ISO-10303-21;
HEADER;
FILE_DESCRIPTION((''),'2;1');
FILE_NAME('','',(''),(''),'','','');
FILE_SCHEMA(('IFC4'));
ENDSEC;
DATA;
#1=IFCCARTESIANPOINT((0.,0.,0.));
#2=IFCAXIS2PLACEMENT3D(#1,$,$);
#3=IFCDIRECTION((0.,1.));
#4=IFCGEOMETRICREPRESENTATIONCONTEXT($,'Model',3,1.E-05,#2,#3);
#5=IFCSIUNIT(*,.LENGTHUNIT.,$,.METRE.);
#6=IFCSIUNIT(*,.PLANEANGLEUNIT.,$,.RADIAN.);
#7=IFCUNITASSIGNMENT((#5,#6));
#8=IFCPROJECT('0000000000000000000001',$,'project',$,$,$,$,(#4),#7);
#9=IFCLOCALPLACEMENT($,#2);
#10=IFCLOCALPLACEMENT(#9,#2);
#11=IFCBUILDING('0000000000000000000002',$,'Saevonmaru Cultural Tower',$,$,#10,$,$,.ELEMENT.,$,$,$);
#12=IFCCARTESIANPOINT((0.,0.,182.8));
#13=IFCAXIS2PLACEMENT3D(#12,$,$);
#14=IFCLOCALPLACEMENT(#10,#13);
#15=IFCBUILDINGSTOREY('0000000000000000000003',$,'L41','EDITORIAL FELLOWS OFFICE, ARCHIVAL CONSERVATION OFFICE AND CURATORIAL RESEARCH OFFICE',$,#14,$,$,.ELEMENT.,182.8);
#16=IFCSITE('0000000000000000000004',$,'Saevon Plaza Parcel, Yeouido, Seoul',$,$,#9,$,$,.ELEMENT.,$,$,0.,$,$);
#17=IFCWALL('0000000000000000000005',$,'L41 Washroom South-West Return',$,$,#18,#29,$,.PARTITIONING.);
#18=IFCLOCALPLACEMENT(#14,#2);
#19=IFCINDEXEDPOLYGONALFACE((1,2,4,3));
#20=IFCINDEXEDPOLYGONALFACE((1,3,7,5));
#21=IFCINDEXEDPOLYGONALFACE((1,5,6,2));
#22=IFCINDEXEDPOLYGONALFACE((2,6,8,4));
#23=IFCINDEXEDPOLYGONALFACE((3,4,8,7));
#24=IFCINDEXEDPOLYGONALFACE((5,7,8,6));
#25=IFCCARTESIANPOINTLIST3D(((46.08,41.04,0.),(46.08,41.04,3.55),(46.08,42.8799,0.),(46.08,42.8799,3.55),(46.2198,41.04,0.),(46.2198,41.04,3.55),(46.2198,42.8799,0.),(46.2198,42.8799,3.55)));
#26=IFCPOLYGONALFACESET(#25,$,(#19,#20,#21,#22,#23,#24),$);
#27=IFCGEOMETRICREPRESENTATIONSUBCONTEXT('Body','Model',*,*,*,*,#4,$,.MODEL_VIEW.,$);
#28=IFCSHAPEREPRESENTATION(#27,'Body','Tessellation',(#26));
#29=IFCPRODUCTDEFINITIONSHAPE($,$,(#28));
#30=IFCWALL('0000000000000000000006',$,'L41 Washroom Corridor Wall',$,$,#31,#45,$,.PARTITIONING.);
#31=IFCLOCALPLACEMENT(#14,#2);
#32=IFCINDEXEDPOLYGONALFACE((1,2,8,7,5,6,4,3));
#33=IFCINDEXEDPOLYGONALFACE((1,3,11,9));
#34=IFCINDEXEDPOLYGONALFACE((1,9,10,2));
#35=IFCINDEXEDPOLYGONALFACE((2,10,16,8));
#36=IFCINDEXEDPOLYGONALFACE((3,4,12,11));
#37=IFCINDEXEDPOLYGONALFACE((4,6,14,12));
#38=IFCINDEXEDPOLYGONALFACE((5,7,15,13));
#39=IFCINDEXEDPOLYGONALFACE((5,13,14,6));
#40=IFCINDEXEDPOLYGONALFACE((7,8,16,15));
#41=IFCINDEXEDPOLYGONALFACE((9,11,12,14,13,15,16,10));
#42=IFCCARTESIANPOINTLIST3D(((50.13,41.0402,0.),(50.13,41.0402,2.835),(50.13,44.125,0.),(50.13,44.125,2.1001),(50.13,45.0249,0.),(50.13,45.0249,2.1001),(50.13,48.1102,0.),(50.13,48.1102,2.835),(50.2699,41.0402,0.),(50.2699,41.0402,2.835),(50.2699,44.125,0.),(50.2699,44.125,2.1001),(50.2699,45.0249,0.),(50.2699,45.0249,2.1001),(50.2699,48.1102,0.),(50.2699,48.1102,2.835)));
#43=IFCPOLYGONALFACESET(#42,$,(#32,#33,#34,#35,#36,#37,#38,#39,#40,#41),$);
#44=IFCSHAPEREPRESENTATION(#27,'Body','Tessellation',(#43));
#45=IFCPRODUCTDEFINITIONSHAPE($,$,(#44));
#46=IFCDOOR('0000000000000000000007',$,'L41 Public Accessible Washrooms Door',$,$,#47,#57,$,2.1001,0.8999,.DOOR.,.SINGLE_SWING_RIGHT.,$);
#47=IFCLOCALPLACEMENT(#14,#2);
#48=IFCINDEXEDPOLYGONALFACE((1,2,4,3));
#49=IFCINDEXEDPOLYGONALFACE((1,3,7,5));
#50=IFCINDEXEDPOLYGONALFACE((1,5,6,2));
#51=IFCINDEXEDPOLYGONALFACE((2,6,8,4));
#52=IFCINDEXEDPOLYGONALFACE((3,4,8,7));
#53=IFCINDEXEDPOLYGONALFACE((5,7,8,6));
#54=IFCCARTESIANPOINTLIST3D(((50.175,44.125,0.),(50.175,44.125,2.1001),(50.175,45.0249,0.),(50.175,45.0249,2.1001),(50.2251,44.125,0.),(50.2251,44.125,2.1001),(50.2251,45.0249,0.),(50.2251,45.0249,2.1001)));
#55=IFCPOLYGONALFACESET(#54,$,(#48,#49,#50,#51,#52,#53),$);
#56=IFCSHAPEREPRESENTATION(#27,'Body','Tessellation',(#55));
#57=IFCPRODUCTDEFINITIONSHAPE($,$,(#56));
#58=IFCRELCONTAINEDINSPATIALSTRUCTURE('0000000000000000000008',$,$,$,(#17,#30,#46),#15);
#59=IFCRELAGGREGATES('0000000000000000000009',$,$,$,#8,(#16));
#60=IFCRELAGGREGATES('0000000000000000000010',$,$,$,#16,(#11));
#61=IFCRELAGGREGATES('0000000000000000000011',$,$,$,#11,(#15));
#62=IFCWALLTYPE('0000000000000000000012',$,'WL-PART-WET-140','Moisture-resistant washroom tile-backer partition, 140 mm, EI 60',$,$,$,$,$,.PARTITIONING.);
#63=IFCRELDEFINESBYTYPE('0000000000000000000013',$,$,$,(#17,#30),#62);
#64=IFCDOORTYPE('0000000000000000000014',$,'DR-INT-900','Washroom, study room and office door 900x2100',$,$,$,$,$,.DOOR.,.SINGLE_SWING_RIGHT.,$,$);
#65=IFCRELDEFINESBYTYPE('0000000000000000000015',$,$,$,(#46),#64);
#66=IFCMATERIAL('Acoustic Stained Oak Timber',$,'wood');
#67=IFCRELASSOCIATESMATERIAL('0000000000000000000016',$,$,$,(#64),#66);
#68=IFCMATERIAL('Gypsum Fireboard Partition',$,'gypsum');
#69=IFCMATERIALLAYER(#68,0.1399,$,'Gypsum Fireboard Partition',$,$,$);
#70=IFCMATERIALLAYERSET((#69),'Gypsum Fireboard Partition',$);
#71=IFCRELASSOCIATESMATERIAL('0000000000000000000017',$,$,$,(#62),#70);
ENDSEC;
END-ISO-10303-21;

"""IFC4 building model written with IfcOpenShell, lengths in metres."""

from ifc_helpers import new_model, si_unit, direction, frame, frame_2d, origin, place, context, subcontext, project, spatial, rectangle, extrude, material, layer, layer_set, type_object, element, fill, save


model = new_model("IFC4")

# Units and contexts
model_context = context("Model", 3, precision=1e-05, world=origin(), true_north=direction((0.0, 1.0)))
body_context = subcontext(model_context, "Body", "Model", "MODEL_VIEW")
ifc_project = project(units=[si_unit("LENGTHUNIT", "METRE"), si_unit("PLANEANGLEUNIT", "RADIAN")], contexts=[model_context])

# Site, building, storey
site_placement = place(None, origin())
site = spatial("IfcSite", under=ifc_project, at=site_placement, Name="Saevon Plaza Parcel, Yeouido, Seoul", CompositionType="ELEMENT", RefElevation=0.0)
building_placement = place(site_placement, origin())
building = spatial("IfcBuilding", under=site, at=building_placement, Name="Saevonmaru Cultural Tower", CompositionType="ELEMENT")
storey_placement = place(building_placement, frame((0.0, 0.0, 182.8)))
storey = spatial("IfcBuildingStorey", under=building, at=storey_placement, Name="L41", Description="EDITORIAL FELLOWS OFFICE, ARCHIVAL CONSERVATION OFFICE AND CURATORIAL RESEARCH OFFICE", CompositionType="ELEMENT", Elevation=182.8)

# Shared definitions
ifc_material_1 = material(Name="Gypsum Fireboard Partition", Category="gypsum")

# Shared definitions
ifc_material_2 = material(Name="Acoustic Stained Oak Timber", Category="wood")
door_type_1 = type_object("IfcDoorType", Name="DR-INT-900", Description="Washroom, study room and office door 900x2100", OperationType="SINGLE_SWING_RIGHT", PredefinedType="DOOR", material=ifc_material_2)

# Wall
ifc_layer_1 = layer(ifc_material_1, 0.1399, Name="Gypsum Fireboard Partition")
ifc_layer_set_1 = layer_set([ifc_layer_1], Name="Gypsum Fireboard Partition")
wall_type_1 = type_object("IfcWallType", Name="WL-PART-WET-140", Description="Moisture-resistant washroom tile-backer partition, 140 mm, EI 60", PredefinedType="PARTITIONING", material=ifc_layer_set_1)
wall_1_placement = place(storey_placement, frame((46.1499, 41.04, 0.0), z_axis=(0.0, 0.0, 1.0), x_axis=(0.0, 1.0, 0.0)))
element("IfcWall", 1, at=wall_1_placement, inside=storey, type_object=wall_type_1, Name="L41 Washroom South-West Return", PredefinedType="PARTITIONING", context=body_context, shape_type="SweptSolid", body=[
    extrude(rectangle(XDim=1.8398, YDim=0.1399, at=frame_2d((0.9199, 0.0))), origin(), (0.0, 0.0, 1.0), 3.55),
])

# Wall, opening, door
wall_2_placement = place(storey_placement, frame((50.2, 41.04, 0.0), z_axis=(0.0, 0.0, 1.0), x_axis=(0.0, 1.0, 0.0)))
wall_2 = element("IfcWall", 2, at=wall_2_placement, inside=storey, type_object=wall_type_1, Name="L41 Washroom Corridor Wall", PredefinedType="PARTITIONING", context=body_context, shape_type="SweptSolid", body=[
    extrude(rectangle(XDim=7.0701, YDim=0.1399, at=frame_2d((3.5352, 0.0))), origin(), (0.0, 0.0, 1.0), 2.835),
])
opening_1_placement = place(wall_2_placement, frame((3.085, 0.0, 0.0)))
opening_1 = element("IfcOpeningElement", 3, at=opening_1_placement, cuts=wall_2, PredefinedType="OPENING", context=body_context, shape_type="SweptSolid", body=[
    extrude(rectangle(XDim=0.8999, YDim=2.1001, at=frame_2d((0.45, 1.05))), frame((0.0, 0.0801, 0.0), z_axis=(0.0, -1.0, 0.0), x_axis=(1.0, 0.0, 0.0)), (0.0, 0.0, 1.0), 0.1599),
])
door_1_placement = place(opening_1_placement, origin())
door_1 = element("IfcDoor", 4, at=door_1_placement, inside=storey, type_object=door_type_1, Name="L41 Public Accessible Washrooms Door", OperationType="SINGLE_SWING_RIGHT", OverallHeight=2.1001, OverallWidth=0.8999, PredefinedType="DOOR", context=body_context, shape_type="SweptSolid", body=[
    extrude(rectangle(XDim=0.8999, YDim=2.1001, at=frame_2d((0.45, 1.05))), frame((0.0, 0.0249, 0.0), z_axis=(0.0, -1.0, 0.0), x_axis=(1.0, 0.0, 0.0)), (0.0, 0.0, 1.0), 0.05),
])
fill(opening_1, door_1)

save(model, "model.ifc")
